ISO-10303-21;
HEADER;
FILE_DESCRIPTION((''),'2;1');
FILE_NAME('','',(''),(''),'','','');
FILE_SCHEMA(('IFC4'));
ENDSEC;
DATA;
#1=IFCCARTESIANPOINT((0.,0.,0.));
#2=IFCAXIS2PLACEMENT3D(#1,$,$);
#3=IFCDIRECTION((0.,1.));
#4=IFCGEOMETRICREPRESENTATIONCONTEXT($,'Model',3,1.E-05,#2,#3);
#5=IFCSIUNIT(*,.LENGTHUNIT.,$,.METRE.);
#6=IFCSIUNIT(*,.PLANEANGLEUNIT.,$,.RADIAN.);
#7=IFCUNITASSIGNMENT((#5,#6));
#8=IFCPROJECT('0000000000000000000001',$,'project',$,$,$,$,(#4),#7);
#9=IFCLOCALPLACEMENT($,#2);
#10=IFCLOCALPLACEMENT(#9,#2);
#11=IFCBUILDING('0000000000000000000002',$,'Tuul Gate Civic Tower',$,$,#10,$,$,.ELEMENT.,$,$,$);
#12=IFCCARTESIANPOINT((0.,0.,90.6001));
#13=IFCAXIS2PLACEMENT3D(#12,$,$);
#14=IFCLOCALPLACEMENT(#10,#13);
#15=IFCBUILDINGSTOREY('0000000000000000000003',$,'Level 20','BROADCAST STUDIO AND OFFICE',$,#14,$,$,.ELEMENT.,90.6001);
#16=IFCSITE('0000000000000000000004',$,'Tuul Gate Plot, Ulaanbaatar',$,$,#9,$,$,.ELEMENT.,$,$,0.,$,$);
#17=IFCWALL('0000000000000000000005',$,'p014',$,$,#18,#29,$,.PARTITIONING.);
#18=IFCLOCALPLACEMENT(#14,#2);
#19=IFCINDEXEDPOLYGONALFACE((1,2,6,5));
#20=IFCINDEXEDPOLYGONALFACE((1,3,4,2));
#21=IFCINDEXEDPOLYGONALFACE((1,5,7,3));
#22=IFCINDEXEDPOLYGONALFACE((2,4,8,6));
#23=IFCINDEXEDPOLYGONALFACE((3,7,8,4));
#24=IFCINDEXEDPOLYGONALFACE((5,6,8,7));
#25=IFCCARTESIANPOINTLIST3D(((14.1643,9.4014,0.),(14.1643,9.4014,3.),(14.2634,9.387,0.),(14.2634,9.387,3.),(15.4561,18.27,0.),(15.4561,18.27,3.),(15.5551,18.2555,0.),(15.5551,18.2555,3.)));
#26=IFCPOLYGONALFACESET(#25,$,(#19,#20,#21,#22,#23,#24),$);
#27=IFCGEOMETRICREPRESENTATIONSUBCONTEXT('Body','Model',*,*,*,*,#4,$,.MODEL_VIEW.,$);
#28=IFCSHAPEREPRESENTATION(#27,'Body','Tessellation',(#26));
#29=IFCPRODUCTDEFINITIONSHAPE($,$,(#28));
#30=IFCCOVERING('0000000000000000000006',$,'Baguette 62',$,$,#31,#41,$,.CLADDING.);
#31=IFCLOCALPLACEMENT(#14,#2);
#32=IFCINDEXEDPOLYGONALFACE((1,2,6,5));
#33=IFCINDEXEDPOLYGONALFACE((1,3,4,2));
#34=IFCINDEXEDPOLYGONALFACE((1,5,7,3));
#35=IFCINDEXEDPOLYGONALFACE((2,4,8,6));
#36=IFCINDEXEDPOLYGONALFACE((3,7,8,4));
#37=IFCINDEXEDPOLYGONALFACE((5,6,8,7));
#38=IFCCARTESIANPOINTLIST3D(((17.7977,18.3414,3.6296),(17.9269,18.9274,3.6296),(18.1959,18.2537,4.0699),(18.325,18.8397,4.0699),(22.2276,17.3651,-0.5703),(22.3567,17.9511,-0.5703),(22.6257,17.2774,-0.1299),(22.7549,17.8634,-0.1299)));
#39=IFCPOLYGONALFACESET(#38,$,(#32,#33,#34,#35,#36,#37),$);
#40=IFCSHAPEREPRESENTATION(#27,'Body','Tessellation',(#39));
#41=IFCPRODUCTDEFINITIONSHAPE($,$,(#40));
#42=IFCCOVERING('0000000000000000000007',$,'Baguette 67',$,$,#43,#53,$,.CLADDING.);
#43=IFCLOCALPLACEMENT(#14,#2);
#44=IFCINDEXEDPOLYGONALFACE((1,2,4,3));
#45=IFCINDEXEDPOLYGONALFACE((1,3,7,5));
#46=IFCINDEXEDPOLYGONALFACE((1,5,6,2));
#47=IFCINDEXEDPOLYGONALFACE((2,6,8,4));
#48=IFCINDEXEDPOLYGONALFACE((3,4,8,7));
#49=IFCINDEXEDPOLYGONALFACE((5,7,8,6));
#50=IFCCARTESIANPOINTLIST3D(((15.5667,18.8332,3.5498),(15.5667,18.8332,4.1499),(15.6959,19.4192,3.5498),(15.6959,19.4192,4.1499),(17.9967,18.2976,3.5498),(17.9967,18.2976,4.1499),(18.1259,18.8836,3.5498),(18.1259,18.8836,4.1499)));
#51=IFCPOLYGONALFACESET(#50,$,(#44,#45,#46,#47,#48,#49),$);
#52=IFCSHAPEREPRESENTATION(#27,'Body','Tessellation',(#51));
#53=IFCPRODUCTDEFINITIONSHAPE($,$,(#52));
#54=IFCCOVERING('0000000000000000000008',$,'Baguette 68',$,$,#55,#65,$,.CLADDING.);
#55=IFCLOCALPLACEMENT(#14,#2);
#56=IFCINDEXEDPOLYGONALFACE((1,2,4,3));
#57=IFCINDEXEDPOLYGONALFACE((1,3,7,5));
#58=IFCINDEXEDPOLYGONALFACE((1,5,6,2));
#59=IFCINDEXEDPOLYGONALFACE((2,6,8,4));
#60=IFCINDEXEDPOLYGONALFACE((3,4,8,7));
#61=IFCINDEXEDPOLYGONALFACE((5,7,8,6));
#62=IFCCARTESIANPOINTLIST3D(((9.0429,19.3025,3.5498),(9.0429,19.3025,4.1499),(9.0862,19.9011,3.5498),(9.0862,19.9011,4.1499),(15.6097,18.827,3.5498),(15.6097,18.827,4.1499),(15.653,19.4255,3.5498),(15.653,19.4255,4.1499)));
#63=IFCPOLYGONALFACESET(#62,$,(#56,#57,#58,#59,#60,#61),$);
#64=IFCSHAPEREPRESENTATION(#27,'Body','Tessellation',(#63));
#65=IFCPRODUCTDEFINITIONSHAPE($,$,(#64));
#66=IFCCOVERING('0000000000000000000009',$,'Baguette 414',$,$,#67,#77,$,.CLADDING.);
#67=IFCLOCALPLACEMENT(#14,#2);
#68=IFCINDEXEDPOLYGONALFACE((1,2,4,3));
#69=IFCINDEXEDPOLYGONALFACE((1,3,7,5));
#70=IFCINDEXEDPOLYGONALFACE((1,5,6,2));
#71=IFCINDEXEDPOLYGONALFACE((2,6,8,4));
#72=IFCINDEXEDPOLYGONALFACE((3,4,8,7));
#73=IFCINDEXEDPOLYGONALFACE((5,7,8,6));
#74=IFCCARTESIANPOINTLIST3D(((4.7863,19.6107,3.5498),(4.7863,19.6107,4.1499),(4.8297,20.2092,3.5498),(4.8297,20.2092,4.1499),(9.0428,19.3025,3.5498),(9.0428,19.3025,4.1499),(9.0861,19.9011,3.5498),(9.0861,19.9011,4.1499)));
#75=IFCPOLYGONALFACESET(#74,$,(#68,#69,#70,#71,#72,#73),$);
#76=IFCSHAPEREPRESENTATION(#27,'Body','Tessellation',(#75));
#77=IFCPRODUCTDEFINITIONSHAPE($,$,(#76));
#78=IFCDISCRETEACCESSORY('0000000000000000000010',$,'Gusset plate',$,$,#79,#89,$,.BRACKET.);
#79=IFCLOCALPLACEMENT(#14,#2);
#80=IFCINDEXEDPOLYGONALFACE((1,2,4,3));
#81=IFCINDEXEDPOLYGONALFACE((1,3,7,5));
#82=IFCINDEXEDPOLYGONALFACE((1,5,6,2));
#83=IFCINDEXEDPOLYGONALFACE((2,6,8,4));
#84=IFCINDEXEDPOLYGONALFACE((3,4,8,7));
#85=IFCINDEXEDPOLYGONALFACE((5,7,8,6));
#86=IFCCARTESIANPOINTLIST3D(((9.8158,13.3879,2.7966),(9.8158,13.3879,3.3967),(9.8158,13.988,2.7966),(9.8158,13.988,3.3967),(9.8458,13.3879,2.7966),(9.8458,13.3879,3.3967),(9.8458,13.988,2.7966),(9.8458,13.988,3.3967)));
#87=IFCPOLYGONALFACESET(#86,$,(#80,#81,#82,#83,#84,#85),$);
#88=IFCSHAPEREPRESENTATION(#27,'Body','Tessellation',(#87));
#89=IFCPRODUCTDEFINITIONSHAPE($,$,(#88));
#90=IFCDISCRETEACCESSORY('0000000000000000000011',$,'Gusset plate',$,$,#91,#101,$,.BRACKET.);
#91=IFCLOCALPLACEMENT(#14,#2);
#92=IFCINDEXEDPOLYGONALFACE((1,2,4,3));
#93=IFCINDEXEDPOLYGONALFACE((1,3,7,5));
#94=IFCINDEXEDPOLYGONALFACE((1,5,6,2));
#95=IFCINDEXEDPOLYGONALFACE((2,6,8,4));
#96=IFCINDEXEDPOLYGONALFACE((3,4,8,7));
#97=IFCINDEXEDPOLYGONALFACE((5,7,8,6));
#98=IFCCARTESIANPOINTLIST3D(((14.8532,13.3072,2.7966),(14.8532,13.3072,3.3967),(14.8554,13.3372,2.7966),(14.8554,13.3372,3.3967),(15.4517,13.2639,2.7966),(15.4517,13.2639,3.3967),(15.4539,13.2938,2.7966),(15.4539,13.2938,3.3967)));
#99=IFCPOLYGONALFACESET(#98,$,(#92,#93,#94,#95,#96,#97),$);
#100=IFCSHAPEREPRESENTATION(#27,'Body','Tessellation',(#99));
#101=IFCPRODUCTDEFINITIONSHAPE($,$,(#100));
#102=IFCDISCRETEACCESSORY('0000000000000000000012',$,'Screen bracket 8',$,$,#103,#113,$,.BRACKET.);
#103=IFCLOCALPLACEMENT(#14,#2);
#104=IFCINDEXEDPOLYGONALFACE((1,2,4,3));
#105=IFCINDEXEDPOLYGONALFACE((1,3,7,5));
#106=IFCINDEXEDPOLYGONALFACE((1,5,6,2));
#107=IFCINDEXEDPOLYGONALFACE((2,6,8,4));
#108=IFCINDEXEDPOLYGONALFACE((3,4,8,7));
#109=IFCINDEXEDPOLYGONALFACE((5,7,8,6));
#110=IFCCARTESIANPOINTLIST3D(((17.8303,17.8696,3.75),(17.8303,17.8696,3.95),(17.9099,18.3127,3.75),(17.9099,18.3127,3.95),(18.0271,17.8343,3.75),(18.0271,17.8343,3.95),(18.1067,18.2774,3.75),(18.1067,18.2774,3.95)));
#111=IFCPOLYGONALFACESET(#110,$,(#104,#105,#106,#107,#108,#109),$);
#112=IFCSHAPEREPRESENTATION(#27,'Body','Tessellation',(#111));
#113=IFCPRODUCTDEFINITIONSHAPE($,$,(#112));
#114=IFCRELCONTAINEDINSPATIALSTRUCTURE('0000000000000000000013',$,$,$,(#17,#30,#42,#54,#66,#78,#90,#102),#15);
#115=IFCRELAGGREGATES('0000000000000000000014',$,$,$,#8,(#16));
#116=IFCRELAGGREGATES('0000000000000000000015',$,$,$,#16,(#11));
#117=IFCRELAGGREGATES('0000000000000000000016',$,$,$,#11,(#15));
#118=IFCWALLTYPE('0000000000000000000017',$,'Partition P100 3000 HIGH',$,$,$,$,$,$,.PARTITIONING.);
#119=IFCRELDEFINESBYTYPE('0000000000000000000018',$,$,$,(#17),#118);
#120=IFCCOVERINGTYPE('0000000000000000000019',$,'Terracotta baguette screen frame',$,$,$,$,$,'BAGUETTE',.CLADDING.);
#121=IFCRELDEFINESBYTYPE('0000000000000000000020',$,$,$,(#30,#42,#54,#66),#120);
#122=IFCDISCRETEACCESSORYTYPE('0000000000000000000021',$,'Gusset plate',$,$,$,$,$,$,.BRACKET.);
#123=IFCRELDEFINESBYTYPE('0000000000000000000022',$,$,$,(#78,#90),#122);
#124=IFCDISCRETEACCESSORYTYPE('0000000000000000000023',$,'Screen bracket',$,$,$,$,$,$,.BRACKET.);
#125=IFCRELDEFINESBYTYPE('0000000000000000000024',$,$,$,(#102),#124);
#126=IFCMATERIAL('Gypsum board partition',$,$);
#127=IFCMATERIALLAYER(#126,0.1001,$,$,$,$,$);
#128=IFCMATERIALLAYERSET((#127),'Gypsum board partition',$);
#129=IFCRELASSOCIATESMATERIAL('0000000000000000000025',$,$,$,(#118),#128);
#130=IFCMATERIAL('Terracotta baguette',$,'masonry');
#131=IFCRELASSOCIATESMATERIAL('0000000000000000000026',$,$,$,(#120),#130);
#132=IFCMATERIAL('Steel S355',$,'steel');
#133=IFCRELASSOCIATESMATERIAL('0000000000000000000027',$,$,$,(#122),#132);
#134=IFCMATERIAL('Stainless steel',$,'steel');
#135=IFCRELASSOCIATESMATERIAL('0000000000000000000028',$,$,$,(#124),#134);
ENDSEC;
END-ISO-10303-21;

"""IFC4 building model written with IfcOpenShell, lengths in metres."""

from ifc_helpers import new_model, si_unit, direction, frame, frame_2d, origin, origin_2d, place, context, subcontext, project, spatial, rectangle, extrude, material, layer, layer_set, material_profile, profile_set, type_object, element, save


model = new_model("IFC4")

# Units and contexts
model_context = context("Model", 3, precision=1e-05, world=origin(), true_north=direction((0.0, 1.0)))
body_context = subcontext(model_context, "Body", "Model", "MODEL_VIEW")
ifc_project = project(units=[si_unit("LENGTHUNIT", "METRE"), si_unit("PLANEANGLEUNIT", "RADIAN")], contexts=[model_context])

# Site, building, storey
site_placement = place(None, origin())
site = spatial("IfcSite", under=ifc_project, at=site_placement, Name="Tuul Gate Plot, Ulaanbaatar", CompositionType="ELEMENT", RefElevation=0.0)
building_placement = place(site_placement, origin())
building = spatial("IfcBuilding", under=site, at=building_placement, Name="Tuul Gate Civic Tower", CompositionType="ELEMENT")
storey_placement = place(building_placement, frame((0.0, 0.0, 90.6001)))
storey = spatial("IfcBuildingStorey", under=building, at=storey_placement, Name="Level 20", Description="BROADCAST STUDIO AND OFFICE", CompositionType="ELEMENT", Elevation=90.6001)

# Wall
ifc_material_1 = material(Name="Gypsum board partition")
ifc_layer_1 = layer(ifc_material_1, 0.1001)
ifc_layer_set_1 = layer_set([ifc_layer_1], Name="Gypsum board partition")
wall_type_1 = type_object("IfcWallType", Name="Partition P100 3000 HIGH", PredefinedType="PARTITIONING", material=ifc_layer_set_1)
wall_1_placement = place(storey_placement, frame((14.2139, 9.3943, 0.0), z_axis=(0.0, 0.0, 1.0), x_axis=(0.144132, 0.989558, 0.0)))
element("IfcWall", 1, at=wall_1_placement, inside=storey, type_object=wall_type_1, Name="p014", PredefinedType="PARTITIONING", context=body_context, shape_type="SweptSolid", body=[
    extrude(rectangle(XDim=8.9622, YDim=0.1001, at=frame_2d((4.481, 0.0))), origin(), (0.0, 0.0, 1.0), 3.0),
])

# Coverings
ifc_material_2 = material(Name="Terracotta baguette", Category="masonry")
ifc_material_profile_1 = material_profile(ifc_material_2, rectangle(XDim=0.6001, YDim=0.6001, at=origin_2d()), Name="Terracotta baguette screen frame")
ifc_profile_set_1 = profile_set([ifc_material_profile_1], Name="Terracotta baguette")
covering_type = type_object("IfcCoveringType", Name="Terracotta baguette screen frame", ElementType="BAGUETTE", PredefinedType="CLADDING", material=ifc_profile_set_1)
covering_1_placement = place(storey_placement, frame((22.4912, 17.6143, -0.3501), z_axis=(-0.716586, 0.157929, 0.679384), x_axis=(-0.215226, -0.976564, 0.0)))
element("IfcCovering", 2, at=covering_1_placement, inside=storey, type_object=covering_type, Name="Baguette 62", PredefinedType="CLADDING", context=body_context, shape_type="SweptSolid", body=[
    extrude(rectangle(XDim=0.6001, YDim=0.6001, at=origin_2d()), origin(), (0.0, 0.0, 1.0), 6.1819),
])
covering_2_placement = place(storey_placement, frame((18.0613, 18.5906, 3.8499), z_axis=(-0.976555, 0.215268, 0.0), x_axis=(-0.215268, -0.976555, 0.0)))
element("IfcCovering", 3, at=covering_2_placement, inside=storey, type_object=covering_type, Name="Baguette 67", PredefinedType="CLADDING", context=body_context, shape_type="SweptSolid", body=[
    extrude(rectangle(XDim=0.6001, YDim=0.6001, at=origin_2d()), origin(), (0.0, 0.0, 1.0), 2.4883),
])
covering_3_placement = place(storey_placement, frame((15.6313, 19.1262, 3.8499), z_axis=(-0.997388, 0.072233, 0.0), x_axis=(-0.072233, -0.997388, 0.0)))
element("IfcCovering", 4, at=covering_3_placement, inside=storey, type_object=covering_type, Name="Baguette 68", PredefinedType="CLADDING", context=body_context, shape_type="SweptSolid", body=[
    extrude(rectangle(XDim=0.6001, YDim=0.6001, at=origin_2d()), origin(), (0.0, 0.0, 1.0), 6.584),
])
covering_4_placement = place(storey_placement, frame((9.0645, 19.6018, 3.8499), z_axis=(-0.99739, 0.072198, 0.0), x_axis=(-0.072198, -0.99739, 0.0)))
element("IfcCovering", 5, at=covering_4_placement, inside=storey, type_object=covering_type, Name="Baguette 414", PredefinedType="CLADDING", context=body_context, shape_type="SweptSolid", body=[
    extrude(rectangle(XDim=0.6001, YDim=0.6001, at=origin_2d()), origin(), (0.0, 0.0, 1.0), 4.2676),
])

# Discrete accessories
ifc_material_3 = material(Name="Steel S355", Category="steel")
discrete_accessory_type_1 = type_object("IfcDiscreteAccessoryType", Name="Gusset plate", PredefinedType="BRACKET", material=ifc_material_3)
for number, where, z_axis, x_axis, name in (
    (6, (9.8308, 13.688, 2.7966), (0.0, 0.0, 1.0), (0.0, -1.0, 0.0), "Gusset plate"),
    (7, (15.1536, 13.3005, 2.7966), (0.0, 0.0, 1.0), (0.997389, -0.072212, 0.0), "Gusset plate"),
):
    element("IfcDiscreteAccessory", number, at=place(storey_placement, frame(where, z_axis=z_axis, x_axis=x_axis)), inside=storey, type_object=discrete_accessory_type_1, Name=name, PredefinedType="BRACKET", context=body_context, shape_type="SweptSolid", body=[
        extrude(rectangle(XDim=0.6001, YDim=0.03, at=origin_2d()), origin(), (0.0, 0.0, 1.0), 0.6001),
    ])
ifc_material_4 = material(Name="Stainless steel", Category="steel")
discrete_accessory_type_2 = type_object("IfcDiscreteAccessoryType", Name="Screen bracket", PredefinedType="BRACKET", material=ifc_material_4)
discrete_accessory_placement = place(storey_placement, frame((17.9685, 18.0735, 3.75), z_axis=(0.0, 0.0, 1.0), x_axis=(0.176788, 0.984249, 0.0)))
element("IfcDiscreteAccessory", 8, at=discrete_accessory_placement, inside=storey, type_object=discrete_accessory_type_2, Name="Screen bracket 8", PredefinedType="BRACKET", context=body_context, shape_type="SweptSolid", body=[
    extrude(rectangle(XDim=0.4502, YDim=0.2, at=origin_2d()), origin(), (0.0, 0.0, 1.0), 0.2),
])

save(model, "model.ifc")
